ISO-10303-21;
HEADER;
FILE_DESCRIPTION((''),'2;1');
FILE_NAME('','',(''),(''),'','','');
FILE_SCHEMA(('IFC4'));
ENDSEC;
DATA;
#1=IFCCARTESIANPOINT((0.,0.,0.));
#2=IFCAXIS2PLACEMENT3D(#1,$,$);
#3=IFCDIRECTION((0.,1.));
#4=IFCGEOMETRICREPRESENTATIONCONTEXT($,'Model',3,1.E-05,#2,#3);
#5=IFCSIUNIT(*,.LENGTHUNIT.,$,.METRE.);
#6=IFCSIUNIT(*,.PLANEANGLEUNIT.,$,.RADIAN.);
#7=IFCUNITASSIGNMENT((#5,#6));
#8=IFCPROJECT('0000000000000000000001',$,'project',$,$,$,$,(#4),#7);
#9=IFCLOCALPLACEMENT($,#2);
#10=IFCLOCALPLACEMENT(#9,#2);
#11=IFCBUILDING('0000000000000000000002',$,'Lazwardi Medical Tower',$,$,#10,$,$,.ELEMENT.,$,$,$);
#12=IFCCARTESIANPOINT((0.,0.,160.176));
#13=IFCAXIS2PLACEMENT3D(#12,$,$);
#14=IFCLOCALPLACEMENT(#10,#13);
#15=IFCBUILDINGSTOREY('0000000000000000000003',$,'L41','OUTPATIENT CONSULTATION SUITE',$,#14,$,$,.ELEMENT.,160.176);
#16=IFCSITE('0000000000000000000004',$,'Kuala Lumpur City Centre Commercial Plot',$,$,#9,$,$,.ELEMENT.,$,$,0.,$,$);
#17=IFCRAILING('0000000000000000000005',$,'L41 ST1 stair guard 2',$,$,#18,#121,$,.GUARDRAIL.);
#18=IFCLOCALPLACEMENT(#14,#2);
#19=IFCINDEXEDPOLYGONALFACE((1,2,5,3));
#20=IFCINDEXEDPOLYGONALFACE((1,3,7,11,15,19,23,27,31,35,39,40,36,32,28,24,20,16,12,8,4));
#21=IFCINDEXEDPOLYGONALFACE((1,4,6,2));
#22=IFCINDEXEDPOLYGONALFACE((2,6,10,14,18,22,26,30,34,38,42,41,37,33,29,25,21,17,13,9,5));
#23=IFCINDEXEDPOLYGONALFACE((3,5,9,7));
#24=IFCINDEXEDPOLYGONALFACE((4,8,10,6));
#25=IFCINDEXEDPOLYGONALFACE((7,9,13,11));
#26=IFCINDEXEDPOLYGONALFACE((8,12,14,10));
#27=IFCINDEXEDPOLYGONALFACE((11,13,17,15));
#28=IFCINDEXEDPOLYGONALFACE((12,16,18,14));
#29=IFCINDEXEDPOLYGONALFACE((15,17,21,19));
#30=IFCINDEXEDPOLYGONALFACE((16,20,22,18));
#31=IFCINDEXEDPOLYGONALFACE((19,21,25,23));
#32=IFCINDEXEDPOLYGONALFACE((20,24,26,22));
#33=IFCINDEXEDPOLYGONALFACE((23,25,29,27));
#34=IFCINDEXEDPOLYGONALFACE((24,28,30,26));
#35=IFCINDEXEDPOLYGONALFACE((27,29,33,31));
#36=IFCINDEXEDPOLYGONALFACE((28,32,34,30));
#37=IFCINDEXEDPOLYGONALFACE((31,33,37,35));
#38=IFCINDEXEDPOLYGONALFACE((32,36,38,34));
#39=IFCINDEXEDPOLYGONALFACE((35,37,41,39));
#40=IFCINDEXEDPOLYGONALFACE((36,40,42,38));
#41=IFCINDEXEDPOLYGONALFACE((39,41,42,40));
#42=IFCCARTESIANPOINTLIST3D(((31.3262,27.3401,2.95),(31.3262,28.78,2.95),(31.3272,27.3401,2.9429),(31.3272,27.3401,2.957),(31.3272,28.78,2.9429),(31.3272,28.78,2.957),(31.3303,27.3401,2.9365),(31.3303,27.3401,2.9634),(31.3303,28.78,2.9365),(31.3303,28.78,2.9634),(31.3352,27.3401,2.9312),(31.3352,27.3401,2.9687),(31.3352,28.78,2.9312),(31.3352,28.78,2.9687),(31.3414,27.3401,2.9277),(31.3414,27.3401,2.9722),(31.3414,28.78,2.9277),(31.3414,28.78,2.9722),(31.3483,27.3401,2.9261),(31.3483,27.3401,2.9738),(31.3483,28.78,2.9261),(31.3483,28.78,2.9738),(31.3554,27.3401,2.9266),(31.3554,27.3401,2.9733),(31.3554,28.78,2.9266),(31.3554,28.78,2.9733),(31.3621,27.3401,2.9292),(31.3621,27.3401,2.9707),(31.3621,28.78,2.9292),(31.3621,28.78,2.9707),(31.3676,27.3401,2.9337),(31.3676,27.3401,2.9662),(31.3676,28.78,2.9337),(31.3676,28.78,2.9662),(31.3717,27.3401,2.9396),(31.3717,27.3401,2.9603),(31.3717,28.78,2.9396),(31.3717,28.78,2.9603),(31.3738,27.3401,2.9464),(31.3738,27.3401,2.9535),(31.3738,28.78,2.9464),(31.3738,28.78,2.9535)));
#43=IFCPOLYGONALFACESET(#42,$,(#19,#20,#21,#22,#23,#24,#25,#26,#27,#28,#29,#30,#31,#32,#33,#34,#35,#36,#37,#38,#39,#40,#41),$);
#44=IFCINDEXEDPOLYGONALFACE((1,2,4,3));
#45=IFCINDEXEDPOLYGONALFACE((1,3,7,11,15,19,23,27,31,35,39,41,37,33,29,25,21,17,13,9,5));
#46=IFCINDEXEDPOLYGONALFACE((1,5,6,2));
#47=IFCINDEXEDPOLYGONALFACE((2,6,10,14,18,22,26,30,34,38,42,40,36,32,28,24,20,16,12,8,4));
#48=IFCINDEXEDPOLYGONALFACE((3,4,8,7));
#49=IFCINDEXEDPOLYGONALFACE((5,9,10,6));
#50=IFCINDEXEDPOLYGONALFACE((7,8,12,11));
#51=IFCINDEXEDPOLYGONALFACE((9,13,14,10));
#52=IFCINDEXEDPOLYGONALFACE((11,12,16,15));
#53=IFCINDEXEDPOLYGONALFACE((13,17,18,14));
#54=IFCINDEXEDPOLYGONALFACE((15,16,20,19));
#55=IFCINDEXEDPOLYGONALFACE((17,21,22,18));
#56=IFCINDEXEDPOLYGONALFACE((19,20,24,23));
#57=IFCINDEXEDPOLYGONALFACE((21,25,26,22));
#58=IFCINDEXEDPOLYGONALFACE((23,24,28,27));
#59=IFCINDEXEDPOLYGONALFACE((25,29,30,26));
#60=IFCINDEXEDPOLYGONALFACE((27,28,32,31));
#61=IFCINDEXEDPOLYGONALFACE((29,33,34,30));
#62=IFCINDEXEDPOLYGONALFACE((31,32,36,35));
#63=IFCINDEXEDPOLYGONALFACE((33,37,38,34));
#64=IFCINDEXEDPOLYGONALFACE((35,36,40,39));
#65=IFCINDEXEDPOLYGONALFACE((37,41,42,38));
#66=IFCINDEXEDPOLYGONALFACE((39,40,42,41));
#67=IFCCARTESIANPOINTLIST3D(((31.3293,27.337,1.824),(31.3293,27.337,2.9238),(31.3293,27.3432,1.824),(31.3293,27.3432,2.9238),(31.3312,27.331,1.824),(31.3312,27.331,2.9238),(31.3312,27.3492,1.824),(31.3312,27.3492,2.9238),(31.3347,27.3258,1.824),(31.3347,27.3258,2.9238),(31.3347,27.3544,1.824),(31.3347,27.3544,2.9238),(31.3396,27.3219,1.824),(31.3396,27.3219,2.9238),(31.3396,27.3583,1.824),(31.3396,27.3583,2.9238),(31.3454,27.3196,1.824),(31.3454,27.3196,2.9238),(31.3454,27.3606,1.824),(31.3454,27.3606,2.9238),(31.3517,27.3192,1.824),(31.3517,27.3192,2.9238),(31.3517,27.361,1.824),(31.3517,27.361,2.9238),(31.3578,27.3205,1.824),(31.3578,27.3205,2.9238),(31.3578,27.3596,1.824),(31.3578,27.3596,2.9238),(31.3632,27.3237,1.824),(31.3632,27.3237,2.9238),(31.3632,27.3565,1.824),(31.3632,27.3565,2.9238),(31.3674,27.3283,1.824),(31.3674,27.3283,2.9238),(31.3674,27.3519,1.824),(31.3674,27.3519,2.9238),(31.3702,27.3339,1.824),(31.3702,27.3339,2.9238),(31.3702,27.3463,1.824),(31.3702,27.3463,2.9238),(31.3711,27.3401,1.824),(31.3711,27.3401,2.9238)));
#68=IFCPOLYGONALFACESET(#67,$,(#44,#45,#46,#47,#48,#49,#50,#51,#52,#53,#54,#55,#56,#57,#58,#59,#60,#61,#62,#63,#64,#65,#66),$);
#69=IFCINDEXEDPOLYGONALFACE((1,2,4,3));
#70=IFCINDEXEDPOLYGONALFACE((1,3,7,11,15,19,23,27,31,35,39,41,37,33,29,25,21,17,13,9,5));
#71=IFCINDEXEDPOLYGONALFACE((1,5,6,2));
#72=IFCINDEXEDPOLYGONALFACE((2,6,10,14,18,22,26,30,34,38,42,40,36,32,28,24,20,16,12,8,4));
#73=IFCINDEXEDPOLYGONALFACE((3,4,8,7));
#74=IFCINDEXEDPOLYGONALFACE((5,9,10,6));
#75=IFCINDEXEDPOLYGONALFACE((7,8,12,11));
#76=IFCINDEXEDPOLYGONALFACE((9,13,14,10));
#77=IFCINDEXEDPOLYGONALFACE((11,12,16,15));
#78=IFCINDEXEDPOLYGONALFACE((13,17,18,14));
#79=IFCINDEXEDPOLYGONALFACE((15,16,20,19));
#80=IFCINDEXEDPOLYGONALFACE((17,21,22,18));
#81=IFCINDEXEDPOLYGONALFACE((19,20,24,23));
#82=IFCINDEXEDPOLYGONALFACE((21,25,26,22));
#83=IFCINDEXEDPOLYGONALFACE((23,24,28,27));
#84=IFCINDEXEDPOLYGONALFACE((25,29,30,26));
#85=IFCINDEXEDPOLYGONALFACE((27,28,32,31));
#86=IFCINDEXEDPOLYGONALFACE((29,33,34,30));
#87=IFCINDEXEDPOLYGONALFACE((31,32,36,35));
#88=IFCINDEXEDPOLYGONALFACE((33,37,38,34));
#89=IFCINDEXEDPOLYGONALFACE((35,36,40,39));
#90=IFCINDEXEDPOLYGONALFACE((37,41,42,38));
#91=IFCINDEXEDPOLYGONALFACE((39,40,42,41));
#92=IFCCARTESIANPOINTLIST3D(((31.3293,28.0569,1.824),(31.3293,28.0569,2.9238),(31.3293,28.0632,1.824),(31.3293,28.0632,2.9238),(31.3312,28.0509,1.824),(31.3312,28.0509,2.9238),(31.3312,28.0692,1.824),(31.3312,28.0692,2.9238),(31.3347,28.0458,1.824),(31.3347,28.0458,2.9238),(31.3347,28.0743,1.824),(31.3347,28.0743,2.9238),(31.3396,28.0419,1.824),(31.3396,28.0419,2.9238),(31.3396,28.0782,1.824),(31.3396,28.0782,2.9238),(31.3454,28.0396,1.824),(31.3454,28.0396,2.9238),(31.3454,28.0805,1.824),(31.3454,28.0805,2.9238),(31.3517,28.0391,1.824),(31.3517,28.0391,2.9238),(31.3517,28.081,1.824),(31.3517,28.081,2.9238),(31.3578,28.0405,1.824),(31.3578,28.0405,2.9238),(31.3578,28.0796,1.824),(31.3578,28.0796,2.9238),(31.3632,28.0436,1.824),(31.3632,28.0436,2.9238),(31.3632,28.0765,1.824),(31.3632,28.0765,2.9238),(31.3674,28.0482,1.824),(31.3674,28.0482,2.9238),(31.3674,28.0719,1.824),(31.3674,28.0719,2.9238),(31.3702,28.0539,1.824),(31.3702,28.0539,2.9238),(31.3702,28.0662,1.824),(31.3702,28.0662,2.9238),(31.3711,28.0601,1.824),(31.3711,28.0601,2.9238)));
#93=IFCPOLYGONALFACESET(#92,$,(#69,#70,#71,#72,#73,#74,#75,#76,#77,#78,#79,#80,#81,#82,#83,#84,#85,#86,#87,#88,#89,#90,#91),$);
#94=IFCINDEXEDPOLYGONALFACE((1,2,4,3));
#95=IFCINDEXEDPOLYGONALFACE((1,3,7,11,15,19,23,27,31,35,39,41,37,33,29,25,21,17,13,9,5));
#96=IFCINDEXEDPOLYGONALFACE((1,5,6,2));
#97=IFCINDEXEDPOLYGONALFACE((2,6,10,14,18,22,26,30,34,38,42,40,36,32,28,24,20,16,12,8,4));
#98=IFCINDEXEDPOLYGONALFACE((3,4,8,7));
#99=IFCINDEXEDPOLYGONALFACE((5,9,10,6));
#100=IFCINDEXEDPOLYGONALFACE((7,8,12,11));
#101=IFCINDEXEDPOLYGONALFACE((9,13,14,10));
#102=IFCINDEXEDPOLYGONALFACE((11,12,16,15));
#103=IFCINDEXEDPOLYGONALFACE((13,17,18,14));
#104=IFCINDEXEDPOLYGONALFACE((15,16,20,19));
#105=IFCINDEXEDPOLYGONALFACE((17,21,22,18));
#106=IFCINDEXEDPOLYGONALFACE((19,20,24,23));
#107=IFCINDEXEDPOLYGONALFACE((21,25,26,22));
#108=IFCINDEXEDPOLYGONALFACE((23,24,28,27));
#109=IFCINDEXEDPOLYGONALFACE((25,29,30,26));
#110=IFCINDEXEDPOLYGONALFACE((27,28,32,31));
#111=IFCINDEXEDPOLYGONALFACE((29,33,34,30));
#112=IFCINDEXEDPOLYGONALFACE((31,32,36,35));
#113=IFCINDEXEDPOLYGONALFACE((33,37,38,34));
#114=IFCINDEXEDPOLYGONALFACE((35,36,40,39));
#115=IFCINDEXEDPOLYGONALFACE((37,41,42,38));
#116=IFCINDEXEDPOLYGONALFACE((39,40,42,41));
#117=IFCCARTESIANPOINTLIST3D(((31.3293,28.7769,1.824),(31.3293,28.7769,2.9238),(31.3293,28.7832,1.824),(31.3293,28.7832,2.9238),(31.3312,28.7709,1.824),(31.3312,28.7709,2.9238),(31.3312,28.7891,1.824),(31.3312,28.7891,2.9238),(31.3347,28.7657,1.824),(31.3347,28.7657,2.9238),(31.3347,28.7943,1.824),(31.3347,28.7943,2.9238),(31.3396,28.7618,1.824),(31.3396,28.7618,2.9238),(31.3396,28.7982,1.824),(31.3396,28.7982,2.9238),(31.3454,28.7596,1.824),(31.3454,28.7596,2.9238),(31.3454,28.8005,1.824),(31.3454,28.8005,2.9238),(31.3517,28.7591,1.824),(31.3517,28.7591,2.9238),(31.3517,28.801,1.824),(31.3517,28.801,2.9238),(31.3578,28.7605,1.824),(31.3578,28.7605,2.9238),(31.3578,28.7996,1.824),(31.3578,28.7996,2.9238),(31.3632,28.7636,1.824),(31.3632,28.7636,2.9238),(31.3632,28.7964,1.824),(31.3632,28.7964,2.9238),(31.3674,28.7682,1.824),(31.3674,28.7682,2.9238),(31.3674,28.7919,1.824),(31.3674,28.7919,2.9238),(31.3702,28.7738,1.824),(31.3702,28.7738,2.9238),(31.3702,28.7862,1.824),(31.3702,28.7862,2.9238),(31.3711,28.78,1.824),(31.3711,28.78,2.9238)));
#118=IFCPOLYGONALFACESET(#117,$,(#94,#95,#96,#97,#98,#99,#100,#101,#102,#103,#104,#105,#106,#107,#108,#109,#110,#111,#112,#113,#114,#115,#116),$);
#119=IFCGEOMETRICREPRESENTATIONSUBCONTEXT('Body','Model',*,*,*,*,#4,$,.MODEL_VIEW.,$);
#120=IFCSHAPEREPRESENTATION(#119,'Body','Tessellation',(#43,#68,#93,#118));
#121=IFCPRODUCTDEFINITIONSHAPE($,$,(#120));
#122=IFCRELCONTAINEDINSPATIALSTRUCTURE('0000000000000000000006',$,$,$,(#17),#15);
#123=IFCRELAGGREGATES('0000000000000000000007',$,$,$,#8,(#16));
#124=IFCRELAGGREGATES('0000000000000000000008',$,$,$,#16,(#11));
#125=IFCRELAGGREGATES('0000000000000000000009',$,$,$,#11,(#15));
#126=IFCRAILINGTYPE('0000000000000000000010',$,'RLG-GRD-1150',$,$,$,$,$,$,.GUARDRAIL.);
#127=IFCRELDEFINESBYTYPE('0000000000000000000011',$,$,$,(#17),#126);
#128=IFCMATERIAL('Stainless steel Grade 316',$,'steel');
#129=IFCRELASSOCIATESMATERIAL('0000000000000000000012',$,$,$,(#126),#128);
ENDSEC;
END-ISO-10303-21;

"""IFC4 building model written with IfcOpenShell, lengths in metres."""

from ifc_helpers import new_model, si_unit, direction, frame, origin, origin_2d, place, context, subcontext, project, spatial, circle, extrude, material, type_object, element, save


model = new_model("IFC4")

# Units and contexts
model_context = context("Model", 3, precision=1e-05, world=origin(), true_north=direction((0.0, 1.0)))
body_context = subcontext(model_context, "Body", "Model", "MODEL_VIEW")
ifc_project = project(units=[si_unit("LENGTHUNIT", "METRE"), si_unit("PLANEANGLEUNIT", "RADIAN")], contexts=[model_context])

# Site, building, storey
site_placement = place(None, origin())
site = spatial("IfcSite", under=ifc_project, at=site_placement, Name="Kuala Lumpur City Centre Commercial Plot", CompositionType="ELEMENT", RefElevation=0.0)
building_placement = place(site_placement, origin())
building = spatial("IfcBuilding", under=site, at=building_placement, Name="Lazwardi Medical Tower", CompositionType="ELEMENT")
storey_placement = place(building_placement, frame((0.0, 0.0, 160.176)))
storey = spatial("IfcBuildingStorey", under=building, at=storey_placement, Name="L41", Description="OUTPATIENT CONSULTATION SUITE", CompositionType="ELEMENT", Elevation=160.176)

# Railing
ifc_material_1 = material(Name="Stainless steel Grade 316", Category="steel")
railing_type_1 = type_object("IfcRailingType", Name="RLG-GRD-1150", PredefinedType="GUARDRAIL", material=ifc_material_1)
railing_1_placement = place(storey_placement, frame((31.3501, 27.3401, 1.824)))
element("IfcRailing", 1, at=railing_1_placement, inside=storey, type_object=railing_type_1, Name="L41 ST1 stair guard 2", PredefinedType="GUARDRAIL", context=body_context, shape_type="SweptSolid", body=[
    extrude(circle(Radius=0.0239, at=origin_2d()), frame((0.0, 0.0, 1.126), z_axis=(0.0, 1.0, 0.0), x_axis=(-1.0, 0.0, 0.0)), (0.0, 0.0, 1.0), 1.4399),
    extrude(circle(Radius=0.021, at=origin_2d()), origin(), (0.0, 0.0, 1.0), 1.0999),
    extrude(circle(Radius=0.021, at=origin_2d()), frame((0.0, 0.72, 0.0)), (0.0, 0.0, 1.0), 1.0999),
    extrude(circle(Radius=0.021, at=origin_2d()), frame((0.0, 1.4399, 0.0)), (0.0, 0.0, 1.0), 1.0999),
])

save(model, "model.ifc")
